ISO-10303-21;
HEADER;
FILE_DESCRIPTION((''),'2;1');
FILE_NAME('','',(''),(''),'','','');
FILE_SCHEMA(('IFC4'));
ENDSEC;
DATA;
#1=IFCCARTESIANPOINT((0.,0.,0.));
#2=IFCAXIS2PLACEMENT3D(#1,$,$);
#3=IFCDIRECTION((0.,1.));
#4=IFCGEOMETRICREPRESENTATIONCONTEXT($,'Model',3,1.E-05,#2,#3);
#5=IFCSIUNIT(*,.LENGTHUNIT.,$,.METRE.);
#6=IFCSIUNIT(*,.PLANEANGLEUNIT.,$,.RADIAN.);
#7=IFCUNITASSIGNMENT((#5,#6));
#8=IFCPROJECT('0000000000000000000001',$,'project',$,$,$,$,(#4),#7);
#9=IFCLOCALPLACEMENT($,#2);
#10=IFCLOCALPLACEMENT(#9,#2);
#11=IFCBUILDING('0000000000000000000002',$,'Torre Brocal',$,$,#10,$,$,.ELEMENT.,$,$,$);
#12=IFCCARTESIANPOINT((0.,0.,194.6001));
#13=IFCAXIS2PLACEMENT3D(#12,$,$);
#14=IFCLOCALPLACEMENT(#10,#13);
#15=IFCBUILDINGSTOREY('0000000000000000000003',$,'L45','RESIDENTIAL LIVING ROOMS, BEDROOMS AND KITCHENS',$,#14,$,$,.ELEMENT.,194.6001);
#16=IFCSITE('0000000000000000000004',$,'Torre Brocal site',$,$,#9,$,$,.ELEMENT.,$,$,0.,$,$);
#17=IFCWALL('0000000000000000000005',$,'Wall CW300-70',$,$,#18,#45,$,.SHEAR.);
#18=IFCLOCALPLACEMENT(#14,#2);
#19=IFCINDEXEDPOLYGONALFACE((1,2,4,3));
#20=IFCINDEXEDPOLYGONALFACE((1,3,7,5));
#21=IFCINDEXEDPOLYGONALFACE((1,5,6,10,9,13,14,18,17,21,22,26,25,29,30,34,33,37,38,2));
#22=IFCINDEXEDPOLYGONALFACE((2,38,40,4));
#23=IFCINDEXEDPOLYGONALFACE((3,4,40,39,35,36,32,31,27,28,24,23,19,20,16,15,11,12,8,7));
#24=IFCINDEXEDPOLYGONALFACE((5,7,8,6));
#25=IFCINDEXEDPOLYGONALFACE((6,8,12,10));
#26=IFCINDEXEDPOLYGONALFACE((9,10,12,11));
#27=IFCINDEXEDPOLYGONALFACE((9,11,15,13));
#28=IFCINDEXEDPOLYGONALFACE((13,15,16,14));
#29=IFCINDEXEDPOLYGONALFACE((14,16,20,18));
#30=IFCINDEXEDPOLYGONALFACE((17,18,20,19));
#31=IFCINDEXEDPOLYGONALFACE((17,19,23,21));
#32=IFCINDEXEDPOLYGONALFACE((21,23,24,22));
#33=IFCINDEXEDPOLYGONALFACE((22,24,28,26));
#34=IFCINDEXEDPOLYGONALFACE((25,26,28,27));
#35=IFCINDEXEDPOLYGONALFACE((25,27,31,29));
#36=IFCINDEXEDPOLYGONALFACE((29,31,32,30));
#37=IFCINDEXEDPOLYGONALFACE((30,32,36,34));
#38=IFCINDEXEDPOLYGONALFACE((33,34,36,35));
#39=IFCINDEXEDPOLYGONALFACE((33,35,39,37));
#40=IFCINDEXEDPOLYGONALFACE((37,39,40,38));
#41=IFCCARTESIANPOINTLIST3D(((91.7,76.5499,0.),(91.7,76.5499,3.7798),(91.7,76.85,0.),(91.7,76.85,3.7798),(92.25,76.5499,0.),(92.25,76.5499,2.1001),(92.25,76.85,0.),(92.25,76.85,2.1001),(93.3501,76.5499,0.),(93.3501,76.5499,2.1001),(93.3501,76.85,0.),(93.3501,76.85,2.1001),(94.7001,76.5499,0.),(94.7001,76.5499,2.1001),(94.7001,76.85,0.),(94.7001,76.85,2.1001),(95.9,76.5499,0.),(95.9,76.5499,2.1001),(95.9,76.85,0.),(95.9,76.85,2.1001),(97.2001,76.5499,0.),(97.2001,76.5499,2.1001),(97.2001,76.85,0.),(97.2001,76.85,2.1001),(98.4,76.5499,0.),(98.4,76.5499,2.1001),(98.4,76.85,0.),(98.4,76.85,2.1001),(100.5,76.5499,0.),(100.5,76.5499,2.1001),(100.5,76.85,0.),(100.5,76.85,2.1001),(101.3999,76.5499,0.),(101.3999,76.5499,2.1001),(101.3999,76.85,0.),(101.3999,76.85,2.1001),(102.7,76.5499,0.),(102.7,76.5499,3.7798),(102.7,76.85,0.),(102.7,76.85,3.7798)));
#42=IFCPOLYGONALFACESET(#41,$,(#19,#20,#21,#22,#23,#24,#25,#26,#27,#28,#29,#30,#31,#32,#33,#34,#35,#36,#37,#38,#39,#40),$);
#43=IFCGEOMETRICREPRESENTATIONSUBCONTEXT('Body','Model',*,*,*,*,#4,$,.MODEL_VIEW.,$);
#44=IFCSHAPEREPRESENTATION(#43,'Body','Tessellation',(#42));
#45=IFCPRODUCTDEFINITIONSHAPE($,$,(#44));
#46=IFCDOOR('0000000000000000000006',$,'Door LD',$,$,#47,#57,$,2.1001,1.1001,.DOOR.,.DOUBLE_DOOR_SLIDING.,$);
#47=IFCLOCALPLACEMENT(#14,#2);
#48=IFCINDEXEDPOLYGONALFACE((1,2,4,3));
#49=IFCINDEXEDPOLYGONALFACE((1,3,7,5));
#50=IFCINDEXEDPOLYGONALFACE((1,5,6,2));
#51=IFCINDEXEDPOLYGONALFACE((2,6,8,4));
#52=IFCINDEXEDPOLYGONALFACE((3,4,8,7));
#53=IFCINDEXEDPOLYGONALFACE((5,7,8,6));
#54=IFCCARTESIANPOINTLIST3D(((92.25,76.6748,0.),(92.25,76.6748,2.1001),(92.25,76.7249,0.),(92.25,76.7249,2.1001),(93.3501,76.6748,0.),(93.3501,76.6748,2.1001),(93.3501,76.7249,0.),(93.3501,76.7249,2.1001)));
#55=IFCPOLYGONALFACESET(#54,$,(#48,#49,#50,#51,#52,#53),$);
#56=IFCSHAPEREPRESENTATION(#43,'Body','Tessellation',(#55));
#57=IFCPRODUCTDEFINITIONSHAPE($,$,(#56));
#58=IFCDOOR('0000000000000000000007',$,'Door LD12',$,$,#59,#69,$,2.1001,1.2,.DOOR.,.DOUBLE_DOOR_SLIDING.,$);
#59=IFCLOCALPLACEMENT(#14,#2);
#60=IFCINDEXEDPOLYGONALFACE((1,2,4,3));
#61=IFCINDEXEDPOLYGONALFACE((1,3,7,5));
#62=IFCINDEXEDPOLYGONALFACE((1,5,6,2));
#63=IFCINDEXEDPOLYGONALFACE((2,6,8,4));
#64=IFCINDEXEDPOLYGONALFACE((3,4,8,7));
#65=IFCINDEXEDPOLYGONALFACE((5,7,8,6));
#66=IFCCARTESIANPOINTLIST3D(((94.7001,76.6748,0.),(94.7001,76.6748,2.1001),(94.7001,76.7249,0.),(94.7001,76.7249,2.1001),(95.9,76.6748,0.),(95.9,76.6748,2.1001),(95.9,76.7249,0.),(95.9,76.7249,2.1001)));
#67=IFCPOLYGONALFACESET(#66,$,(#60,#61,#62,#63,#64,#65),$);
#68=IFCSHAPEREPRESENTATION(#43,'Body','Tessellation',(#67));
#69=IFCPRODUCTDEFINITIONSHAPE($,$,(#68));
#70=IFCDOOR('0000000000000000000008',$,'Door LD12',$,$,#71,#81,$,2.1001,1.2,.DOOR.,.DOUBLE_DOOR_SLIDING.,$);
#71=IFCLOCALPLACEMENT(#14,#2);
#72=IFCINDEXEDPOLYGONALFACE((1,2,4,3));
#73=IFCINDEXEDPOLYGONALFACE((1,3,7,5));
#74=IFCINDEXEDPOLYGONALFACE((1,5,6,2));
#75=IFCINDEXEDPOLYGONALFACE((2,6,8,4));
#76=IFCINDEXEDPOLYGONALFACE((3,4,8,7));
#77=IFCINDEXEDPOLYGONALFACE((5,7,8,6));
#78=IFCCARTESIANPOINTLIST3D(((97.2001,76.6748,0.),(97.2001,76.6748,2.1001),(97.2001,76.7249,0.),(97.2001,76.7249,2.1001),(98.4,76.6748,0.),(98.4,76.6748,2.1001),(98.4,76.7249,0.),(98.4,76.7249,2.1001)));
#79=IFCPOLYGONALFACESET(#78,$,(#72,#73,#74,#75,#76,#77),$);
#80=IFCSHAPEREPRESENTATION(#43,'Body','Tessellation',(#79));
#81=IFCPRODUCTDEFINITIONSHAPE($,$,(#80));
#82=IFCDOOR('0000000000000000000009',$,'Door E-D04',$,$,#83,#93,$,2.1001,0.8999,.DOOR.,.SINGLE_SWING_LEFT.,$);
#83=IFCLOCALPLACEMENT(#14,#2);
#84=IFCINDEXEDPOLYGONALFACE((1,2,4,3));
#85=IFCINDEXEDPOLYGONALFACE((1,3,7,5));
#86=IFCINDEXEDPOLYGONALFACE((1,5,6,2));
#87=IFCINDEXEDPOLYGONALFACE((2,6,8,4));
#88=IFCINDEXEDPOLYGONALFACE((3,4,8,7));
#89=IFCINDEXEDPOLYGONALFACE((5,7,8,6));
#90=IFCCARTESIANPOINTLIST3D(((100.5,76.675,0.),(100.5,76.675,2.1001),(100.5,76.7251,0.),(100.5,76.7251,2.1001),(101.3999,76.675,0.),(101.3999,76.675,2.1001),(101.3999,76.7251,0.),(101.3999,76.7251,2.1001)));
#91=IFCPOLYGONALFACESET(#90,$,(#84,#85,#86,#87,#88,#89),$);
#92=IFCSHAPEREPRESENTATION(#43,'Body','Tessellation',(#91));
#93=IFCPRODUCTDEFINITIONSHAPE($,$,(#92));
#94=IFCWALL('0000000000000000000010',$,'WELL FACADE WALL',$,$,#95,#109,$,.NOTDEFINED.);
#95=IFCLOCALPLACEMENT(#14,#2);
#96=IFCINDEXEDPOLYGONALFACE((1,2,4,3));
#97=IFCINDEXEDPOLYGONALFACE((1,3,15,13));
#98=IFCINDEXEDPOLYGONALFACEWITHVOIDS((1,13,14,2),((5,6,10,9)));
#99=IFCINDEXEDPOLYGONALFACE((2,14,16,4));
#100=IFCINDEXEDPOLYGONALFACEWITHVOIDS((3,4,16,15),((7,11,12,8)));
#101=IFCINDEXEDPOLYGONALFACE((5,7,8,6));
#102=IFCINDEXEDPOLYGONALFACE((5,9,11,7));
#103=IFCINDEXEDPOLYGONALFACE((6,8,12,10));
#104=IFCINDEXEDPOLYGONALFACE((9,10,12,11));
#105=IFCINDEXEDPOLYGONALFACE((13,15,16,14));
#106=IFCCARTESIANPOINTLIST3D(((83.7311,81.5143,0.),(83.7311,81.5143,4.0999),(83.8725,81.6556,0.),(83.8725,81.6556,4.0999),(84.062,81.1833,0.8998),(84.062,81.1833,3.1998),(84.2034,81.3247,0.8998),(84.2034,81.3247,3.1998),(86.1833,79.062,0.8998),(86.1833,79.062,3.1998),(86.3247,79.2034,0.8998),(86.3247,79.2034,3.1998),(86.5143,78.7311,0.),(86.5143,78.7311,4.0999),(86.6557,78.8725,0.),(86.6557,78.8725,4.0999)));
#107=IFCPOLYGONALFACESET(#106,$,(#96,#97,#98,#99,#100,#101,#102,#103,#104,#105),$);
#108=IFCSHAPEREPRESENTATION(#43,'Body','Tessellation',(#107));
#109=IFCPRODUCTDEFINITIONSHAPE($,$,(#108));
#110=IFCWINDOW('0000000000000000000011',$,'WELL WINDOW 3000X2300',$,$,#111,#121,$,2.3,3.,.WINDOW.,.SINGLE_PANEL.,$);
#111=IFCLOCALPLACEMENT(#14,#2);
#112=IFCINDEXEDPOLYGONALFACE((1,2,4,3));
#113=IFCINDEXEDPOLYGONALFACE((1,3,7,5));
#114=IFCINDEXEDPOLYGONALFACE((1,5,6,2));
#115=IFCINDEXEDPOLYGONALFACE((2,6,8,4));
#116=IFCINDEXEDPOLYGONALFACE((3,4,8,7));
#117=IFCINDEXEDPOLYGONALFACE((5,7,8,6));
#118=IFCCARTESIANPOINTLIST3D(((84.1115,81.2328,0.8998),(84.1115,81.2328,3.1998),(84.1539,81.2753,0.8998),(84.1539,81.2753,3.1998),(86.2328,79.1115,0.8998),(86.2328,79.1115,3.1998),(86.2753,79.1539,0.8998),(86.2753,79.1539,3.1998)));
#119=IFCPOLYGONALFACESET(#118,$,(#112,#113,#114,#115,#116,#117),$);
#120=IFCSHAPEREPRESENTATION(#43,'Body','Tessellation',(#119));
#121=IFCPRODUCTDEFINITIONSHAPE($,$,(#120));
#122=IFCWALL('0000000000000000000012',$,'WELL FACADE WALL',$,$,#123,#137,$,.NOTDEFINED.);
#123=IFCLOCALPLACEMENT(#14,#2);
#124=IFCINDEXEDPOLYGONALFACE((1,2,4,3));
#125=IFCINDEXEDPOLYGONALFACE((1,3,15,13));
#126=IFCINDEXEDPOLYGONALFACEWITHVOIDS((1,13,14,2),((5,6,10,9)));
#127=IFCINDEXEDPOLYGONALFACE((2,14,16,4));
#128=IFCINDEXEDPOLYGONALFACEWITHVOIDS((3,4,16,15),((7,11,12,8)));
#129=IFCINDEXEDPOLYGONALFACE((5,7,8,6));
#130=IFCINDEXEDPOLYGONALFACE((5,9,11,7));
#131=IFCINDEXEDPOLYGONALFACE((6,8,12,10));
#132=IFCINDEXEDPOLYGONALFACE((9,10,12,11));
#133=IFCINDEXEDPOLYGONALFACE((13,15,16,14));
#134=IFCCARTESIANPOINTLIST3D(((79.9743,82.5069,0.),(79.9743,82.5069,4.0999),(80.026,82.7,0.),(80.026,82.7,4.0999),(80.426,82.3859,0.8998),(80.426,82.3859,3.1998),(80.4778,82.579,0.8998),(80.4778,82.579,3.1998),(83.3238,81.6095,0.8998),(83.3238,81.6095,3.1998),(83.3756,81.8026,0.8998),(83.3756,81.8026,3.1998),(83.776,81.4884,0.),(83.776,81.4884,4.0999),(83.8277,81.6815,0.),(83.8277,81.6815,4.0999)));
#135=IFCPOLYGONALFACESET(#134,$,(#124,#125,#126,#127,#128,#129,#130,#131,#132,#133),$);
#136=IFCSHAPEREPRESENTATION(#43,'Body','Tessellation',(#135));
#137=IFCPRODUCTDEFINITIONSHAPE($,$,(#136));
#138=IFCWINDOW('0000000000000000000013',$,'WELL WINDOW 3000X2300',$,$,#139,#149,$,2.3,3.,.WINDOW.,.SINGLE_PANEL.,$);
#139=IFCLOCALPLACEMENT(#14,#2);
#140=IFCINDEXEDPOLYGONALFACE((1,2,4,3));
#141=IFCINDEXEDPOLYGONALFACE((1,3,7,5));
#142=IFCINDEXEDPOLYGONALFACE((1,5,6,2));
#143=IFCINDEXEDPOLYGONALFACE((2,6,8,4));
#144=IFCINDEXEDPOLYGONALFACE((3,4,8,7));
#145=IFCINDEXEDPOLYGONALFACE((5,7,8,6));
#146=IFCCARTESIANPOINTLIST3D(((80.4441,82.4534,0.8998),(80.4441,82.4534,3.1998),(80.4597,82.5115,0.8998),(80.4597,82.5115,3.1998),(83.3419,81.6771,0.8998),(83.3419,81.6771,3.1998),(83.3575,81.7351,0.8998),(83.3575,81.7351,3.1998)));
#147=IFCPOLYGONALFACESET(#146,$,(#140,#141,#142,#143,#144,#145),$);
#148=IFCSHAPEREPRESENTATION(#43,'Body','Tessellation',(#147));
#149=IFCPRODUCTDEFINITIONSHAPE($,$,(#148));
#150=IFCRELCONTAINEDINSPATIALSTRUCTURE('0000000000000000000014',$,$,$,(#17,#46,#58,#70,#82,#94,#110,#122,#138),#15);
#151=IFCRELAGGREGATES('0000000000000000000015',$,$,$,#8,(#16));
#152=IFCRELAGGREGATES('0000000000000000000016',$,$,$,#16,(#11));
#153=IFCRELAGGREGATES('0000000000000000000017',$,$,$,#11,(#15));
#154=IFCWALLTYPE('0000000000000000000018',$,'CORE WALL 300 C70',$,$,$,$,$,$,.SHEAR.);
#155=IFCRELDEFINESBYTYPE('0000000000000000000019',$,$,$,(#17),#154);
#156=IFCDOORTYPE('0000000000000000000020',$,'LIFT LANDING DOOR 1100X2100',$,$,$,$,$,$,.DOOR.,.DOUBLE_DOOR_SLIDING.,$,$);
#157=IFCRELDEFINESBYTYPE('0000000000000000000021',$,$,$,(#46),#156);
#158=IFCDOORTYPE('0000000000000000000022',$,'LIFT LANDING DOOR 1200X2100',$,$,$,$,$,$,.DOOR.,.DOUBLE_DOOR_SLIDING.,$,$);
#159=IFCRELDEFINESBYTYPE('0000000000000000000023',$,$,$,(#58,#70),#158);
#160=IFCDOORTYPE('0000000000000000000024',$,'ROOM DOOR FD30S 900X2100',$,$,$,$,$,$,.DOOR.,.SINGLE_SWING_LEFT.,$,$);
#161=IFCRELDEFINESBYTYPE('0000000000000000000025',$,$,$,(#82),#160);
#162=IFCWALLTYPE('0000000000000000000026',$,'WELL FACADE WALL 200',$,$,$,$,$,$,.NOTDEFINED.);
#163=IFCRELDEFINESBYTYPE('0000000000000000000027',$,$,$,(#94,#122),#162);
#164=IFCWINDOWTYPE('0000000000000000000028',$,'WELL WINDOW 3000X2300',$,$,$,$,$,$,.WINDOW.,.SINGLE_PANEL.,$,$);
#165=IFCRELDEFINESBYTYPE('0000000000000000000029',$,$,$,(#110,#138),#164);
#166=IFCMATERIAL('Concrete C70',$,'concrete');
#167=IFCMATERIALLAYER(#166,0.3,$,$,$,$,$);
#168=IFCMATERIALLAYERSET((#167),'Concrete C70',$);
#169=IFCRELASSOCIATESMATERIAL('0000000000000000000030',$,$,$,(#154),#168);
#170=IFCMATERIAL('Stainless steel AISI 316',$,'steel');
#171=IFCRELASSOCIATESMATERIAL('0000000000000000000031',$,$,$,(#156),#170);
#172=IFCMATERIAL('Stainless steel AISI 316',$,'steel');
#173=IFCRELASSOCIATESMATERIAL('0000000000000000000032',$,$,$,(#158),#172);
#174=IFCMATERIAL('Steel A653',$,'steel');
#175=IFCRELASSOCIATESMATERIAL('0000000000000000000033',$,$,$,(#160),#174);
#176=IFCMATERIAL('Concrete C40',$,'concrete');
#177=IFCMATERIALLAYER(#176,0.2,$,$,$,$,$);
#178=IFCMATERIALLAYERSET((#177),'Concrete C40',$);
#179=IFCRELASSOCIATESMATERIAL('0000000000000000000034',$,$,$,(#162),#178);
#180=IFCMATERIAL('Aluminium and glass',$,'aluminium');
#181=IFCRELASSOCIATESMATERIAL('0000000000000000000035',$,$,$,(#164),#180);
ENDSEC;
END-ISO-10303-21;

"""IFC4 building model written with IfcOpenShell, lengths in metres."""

from ifc_helpers import new_model, si_unit, direction, frame, frame_2d, origin, place, context, subcontext, project, spatial, rectangle, extrude, material, layer, layer_set, type_object, element, fill, save


model = new_model("IFC4")

# Units and contexts
model_context = context("Model", 3, precision=1e-05, world=origin(), true_north=direction((0.0, 1.0)))
body_context = subcontext(model_context, "Body", "Model", "MODEL_VIEW")
ifc_project = project(units=[si_unit("LENGTHUNIT", "METRE"), si_unit("PLANEANGLEUNIT", "RADIAN")], contexts=[model_context])

# Site, building, storey
site_placement = place(None, origin())
site = spatial("IfcSite", under=ifc_project, at=site_placement, Name="Torre Brocal site", CompositionType="ELEMENT", RefElevation=0.0)
building_placement = place(site_placement, origin())
building = spatial("IfcBuilding", under=site, at=building_placement, Name="Torre Brocal", CompositionType="ELEMENT")
storey_placement = place(building_placement, frame((0.0, 0.0, 194.6001)))
storey = spatial("IfcBuildingStorey", under=building, at=storey_placement, Name="L45", Description="RESIDENTIAL LIVING ROOMS, BEDROOMS AND KITCHENS", CompositionType="ELEMENT", Elevation=194.6001)

# Shared definitions
ifc_material_1 = material(Name="Concrete C70", Category="concrete")
ifc_layer_1 = layer(ifc_material_1, 0.3)
ifc_layer_set_1 = layer_set([ifc_layer_1], Name="Concrete C70")
wall_type_1 = type_object("IfcWallType", Name="CORE WALL 300 C70", PredefinedType="SHEAR", material=ifc_layer_set_1)

# Wall, openings, doors
wall_1_placement = place(storey_placement, frame((91.7, 76.7, 0.0), z_axis=(0.0, 0.0, 1.0), x_axis=(1.0, 0.0, 0.0)))
wall_1 = element("IfcWall", 1, at=wall_1_placement, inside=storey, type_object=wall_type_1, Name="Wall CW300-70", PredefinedType="SHEAR", context=body_context, shape_type="SweptSolid", body=[
    extrude(rectangle(XDim=11.0, YDim=0.3, at=frame_2d((5.5, 0.0))), origin(), (0.0, 0.0, 1.0), 3.7798),
])
opening_1_placement = place(wall_1_placement, frame((0.55, 0.0, 0.0)))
opening_1 = element("IfcOpeningElement", 2, at=opening_1_placement, cuts=wall_1, PredefinedType="OPENING", context=body_context, shape_type="SweptSolid", body=[
    extrude(rectangle(XDim=1.1001, YDim=2.1001, at=frame_2d((0.55, 1.05))), frame((0.0, 0.1599, 0.0), z_axis=(0.0, -1.0, 0.0), x_axis=(1.0, 0.0, 0.0)), (0.0, 0.0, 1.0), 0.3201),
])
opening_2_placement = place(wall_1_placement, frame((3.0, 0.0, 0.0)))
opening_2 = element("IfcOpeningElement", 3, at=opening_2_placement, cuts=wall_1, PredefinedType="OPENING", context=body_context, shape_type="SweptSolid", body=[
    extrude(rectangle(XDim=1.2, YDim=2.1001, at=frame_2d((0.6001, 1.05))), frame((0.0, 0.1599, 0.0), z_axis=(0.0, -1.0, 0.0), x_axis=(1.0, 0.0, 0.0)), (0.0, 0.0, 1.0), 0.3201),
])
opening_3_placement = place(wall_1_placement, frame((5.5, 0.0, 0.0)))
opening_3 = element("IfcOpeningElement", 4, at=opening_3_placement, cuts=wall_1, PredefinedType="OPENING", context=body_context, shape_type="SweptSolid", body=[
    extrude(rectangle(XDim=1.2, YDim=2.1001, at=frame_2d((0.6001, 1.05))), frame((0.0, 0.1599, 0.0), z_axis=(0.0, -1.0, 0.0), x_axis=(1.0, 0.0, 0.0)), (0.0, 0.0, 1.0), 0.3201),
])
opening_4_placement = place(wall_1_placement, frame((8.8, 0.0, 0.0)))
opening_4 = element("IfcOpeningElement", 5, at=opening_4_placement, cuts=wall_1, PredefinedType="OPENING", context=body_context, shape_type="SweptSolid", body=[
    extrude(rectangle(XDim=0.8999, YDim=2.1001, at=frame_2d((0.45, 1.05))), frame((0.0, 0.1599, 0.0), z_axis=(0.0, -1.0, 0.0), x_axis=(1.0, 0.0, 0.0)), (0.0, 0.0, 1.0), 0.3201),
])
ifc_material_2 = material(Name="Stainless steel AISI 316", Category="steel")
door_type_1 = type_object("IfcDoorType", Name="LIFT LANDING DOOR 1100X2100", OperationType="DOUBLE_DOOR_SLIDING", PredefinedType="DOOR", material=ifc_material_2)
door_1_placement = place(opening_1_placement, origin())
door_1 = element("IfcDoor", 6, at=door_1_placement, inside=storey, type_object=door_type_1, Name="Door LD", OperationType="DOUBLE_DOOR_SLIDING", OverallHeight=2.1001, OverallWidth=1.1001, PredefinedType="DOOR", context=body_context, shape_type="SweptSolid", body=[
    extrude(rectangle(XDim=1.1001, YDim=2.1001, at=frame_2d((0.55, 1.05))), frame((0.0, 0.0249, 0.0), z_axis=(0.0, -1.0, 0.0), x_axis=(1.0, 0.0, 0.0)), (0.0, 0.0, 1.0), 0.05),
])
fill(opening_1, door_1)
ifc_material_3 = material(Name="Stainless steel AISI 316", Category="steel")
door_type_2 = type_object("IfcDoorType", Name="LIFT LANDING DOOR 1200X2100", OperationType="DOUBLE_DOOR_SLIDING", PredefinedType="DOOR", material=ifc_material_3)
door_2_placement = place(opening_2_placement, origin())
door_2 = element("IfcDoor", 7, at=door_2_placement, inside=storey, type_object=door_type_2, Name="Door LD12", OperationType="DOUBLE_DOOR_SLIDING", OverallHeight=2.1001, OverallWidth=1.2, PredefinedType="DOOR", context=body_context, shape_type="SweptSolid", body=[
    extrude(rectangle(XDim=1.2, YDim=2.1001, at=frame_2d((0.6001, 1.05))), frame((0.0, 0.0249, 0.0), z_axis=(0.0, -1.0, 0.0), x_axis=(1.0, 0.0, 0.0)), (0.0, 0.0, 1.0), 0.05),
])
fill(opening_2, door_2)
door_3_placement = place(opening_3_placement, origin())
door_3 = element("IfcDoor", 8, at=door_3_placement, inside=storey, type_object=door_type_2, Name="Door LD12", OperationType="DOUBLE_DOOR_SLIDING", OverallHeight=2.1001, OverallWidth=1.2, PredefinedType="DOOR", context=body_context, shape_type="SweptSolid", body=[
    extrude(rectangle(XDim=1.2, YDim=2.1001, at=frame_2d((0.6001, 1.05))), frame((0.0, 0.0249, 0.0), z_axis=(0.0, -1.0, 0.0), x_axis=(1.0, 0.0, 0.0)), (0.0, 0.0, 1.0), 0.05),
])
fill(opening_3, door_3)
ifc_material_4 = material(Name="Steel A653", Category="steel")
door_type_3 = type_object("IfcDoorType", Name="ROOM DOOR FD30S 900X2100", OperationType="SINGLE_SWING_LEFT", PredefinedType="DOOR", material=ifc_material_4)
door_4_placement = place(opening_4_placement, frame((0.8999, 0.0, 0.0), z_axis=(0.0, 0.0, 1.0), x_axis=(-1.0, 0.0, 0.0)))
door_4 = element("IfcDoor", 9, at=door_4_placement, inside=storey, type_object=door_type_3, Name="Door E-D04", OperationType="SINGLE_SWING_LEFT", OverallHeight=2.1001, OverallWidth=0.8999, PredefinedType="DOOR", context=body_context, shape_type="SweptSolid", body=[
    extrude(rectangle(XDim=0.8999, YDim=2.1001, at=frame_2d((0.45, 1.05))), frame((0.0, 0.0249, 0.0), z_axis=(0.0, -1.0, 0.0), x_axis=(1.0, 0.0, 0.0)), (0.0, 0.0, 1.0), 0.05),
])
fill(opening_4, door_4)

# Walls, openings, windows
ifc_material_5 = material(Name="Concrete C40", Category="concrete")
ifc_layer_2 = layer(ifc_material_5, 0.2)
ifc_layer_set_2 = layer_set([ifc_layer_2], Name="Concrete C40")
wall_type_2 = type_object("IfcWallType", Name="WELL FACADE WALL 200", PredefinedType="NOTDEFINED", material=ifc_layer_set_2)
wall_2_placement = place(storey_placement, frame((86.585, 78.8018, 0.0), z_axis=(0.0, 0.0, 1.0), x_axis=(-0.707107, 0.707107, 0.0)))
wall_2 = element("IfcWall", 10, at=wall_2_placement, inside=storey, type_object=wall_type_2, Name="WELL FACADE WALL", PredefinedType="NOTDEFINED", context=body_context, shape_type="SweptSolid", body=[
    extrude(rectangle(XDim=3.936, YDim=0.2, at=frame_2d((1.968, 0.0))), origin(), (0.0, 0.0, 1.0), 4.0999),
])
opening_5_placement = place(wall_2_placement, frame((0.468, 0.0, 0.8999)))
opening_5 = element("IfcOpeningElement", 11, at=opening_5_placement, cuts=wall_2, PredefinedType="OPENING", context=body_context, shape_type="SweptSolid", body=[
    extrude(rectangle(XDim=3.0, YDim=2.3, at=frame_2d((1.5, 1.1499))), frame((0.0, 0.1099, 0.0), z_axis=(0.0, -1.0, 0.0), x_axis=(1.0, 0.0, 0.0)), (0.0, 0.0, 1.0), 0.22),
])
ifc_material_6 = material(Name="Aluminium and glass", Category="aluminium")
window_type = type_object("IfcWindowType", Name="WELL WINDOW 3000X2300", PartitioningType="SINGLE_PANEL", PredefinedType="WINDOW", material=ifc_material_6)
window_1_placement = place(opening_5_placement, origin())
window_1 = element("IfcWindow", 12, at=window_1_placement, inside=storey, type_object=window_type, Name="WELL WINDOW 3000X2300", OverallHeight=2.3, OverallWidth=3.0, PartitioningType="SINGLE_PANEL", PredefinedType="WINDOW", context=body_context, shape_type="SweptSolid", body=[
    extrude(rectangle(XDim=3.0, YDim=2.3, at=frame_2d((1.5, 1.1499))), frame((0.0, 0.03, 0.0), z_axis=(0.0, -1.0, 0.0), x_axis=(1.0, 0.0, 0.0)), (0.0, 0.0, 1.0), 0.0601),
])
fill(opening_5, window_1)
wall_3_placement = place(storey_placement, frame((83.8018, 81.585, 0.0), z_axis=(0.0, 0.0, 1.0), x_axis=(-0.965934, 0.25879, 0.0)))
wall_3 = element("IfcWall", 13, at=wall_3_placement, inside=storey, type_object=wall_type_2, Name="WELL FACADE WALL", PredefinedType="NOTDEFINED", context=body_context, shape_type="SweptSolid", body=[
    extrude(rectangle(XDim=3.9358, YDim=0.2, at=frame_2d((1.9678, 0.0))), origin(), (0.0, 0.0, 1.0), 4.0999),
])
opening_6_placement = place(wall_3_placement, frame((0.468, 0.0, 0.8999)))
opening_6 = element("IfcOpeningElement", 14, at=opening_6_placement, cuts=wall_3, PredefinedType="OPENING", context=body_context, shape_type="SweptSolid", body=[
    extrude(rectangle(XDim=3.0, YDim=2.3, at=frame_2d((1.5, 1.1499))), frame((0.0, 0.1099, 0.0), z_axis=(0.0, -1.0, 0.0), x_axis=(1.0, 0.0, 0.0)), (0.0, 0.0, 1.0), 0.22),
])
window_2_placement = place(opening_6_placement, origin())
window_2 = element("IfcWindow", 15, at=window_2_placement, inside=storey, type_object=window_type, Name="WELL WINDOW 3000X2300", OverallHeight=2.3, OverallWidth=3.0, PartitioningType="SINGLE_PANEL", PredefinedType="WINDOW", context=body_context, shape_type="SweptSolid", body=[
    extrude(rectangle(XDim=3.0, YDim=2.3, at=frame_2d((1.5, 1.1499))), frame((0.0, 0.03, 0.0), z_axis=(0.0, -1.0, 0.0), x_axis=(1.0, 0.0, 0.0)), (0.0, 0.0, 1.0), 0.0601),
])
fill(opening_6, window_2)

save(model, "model.ifc")
